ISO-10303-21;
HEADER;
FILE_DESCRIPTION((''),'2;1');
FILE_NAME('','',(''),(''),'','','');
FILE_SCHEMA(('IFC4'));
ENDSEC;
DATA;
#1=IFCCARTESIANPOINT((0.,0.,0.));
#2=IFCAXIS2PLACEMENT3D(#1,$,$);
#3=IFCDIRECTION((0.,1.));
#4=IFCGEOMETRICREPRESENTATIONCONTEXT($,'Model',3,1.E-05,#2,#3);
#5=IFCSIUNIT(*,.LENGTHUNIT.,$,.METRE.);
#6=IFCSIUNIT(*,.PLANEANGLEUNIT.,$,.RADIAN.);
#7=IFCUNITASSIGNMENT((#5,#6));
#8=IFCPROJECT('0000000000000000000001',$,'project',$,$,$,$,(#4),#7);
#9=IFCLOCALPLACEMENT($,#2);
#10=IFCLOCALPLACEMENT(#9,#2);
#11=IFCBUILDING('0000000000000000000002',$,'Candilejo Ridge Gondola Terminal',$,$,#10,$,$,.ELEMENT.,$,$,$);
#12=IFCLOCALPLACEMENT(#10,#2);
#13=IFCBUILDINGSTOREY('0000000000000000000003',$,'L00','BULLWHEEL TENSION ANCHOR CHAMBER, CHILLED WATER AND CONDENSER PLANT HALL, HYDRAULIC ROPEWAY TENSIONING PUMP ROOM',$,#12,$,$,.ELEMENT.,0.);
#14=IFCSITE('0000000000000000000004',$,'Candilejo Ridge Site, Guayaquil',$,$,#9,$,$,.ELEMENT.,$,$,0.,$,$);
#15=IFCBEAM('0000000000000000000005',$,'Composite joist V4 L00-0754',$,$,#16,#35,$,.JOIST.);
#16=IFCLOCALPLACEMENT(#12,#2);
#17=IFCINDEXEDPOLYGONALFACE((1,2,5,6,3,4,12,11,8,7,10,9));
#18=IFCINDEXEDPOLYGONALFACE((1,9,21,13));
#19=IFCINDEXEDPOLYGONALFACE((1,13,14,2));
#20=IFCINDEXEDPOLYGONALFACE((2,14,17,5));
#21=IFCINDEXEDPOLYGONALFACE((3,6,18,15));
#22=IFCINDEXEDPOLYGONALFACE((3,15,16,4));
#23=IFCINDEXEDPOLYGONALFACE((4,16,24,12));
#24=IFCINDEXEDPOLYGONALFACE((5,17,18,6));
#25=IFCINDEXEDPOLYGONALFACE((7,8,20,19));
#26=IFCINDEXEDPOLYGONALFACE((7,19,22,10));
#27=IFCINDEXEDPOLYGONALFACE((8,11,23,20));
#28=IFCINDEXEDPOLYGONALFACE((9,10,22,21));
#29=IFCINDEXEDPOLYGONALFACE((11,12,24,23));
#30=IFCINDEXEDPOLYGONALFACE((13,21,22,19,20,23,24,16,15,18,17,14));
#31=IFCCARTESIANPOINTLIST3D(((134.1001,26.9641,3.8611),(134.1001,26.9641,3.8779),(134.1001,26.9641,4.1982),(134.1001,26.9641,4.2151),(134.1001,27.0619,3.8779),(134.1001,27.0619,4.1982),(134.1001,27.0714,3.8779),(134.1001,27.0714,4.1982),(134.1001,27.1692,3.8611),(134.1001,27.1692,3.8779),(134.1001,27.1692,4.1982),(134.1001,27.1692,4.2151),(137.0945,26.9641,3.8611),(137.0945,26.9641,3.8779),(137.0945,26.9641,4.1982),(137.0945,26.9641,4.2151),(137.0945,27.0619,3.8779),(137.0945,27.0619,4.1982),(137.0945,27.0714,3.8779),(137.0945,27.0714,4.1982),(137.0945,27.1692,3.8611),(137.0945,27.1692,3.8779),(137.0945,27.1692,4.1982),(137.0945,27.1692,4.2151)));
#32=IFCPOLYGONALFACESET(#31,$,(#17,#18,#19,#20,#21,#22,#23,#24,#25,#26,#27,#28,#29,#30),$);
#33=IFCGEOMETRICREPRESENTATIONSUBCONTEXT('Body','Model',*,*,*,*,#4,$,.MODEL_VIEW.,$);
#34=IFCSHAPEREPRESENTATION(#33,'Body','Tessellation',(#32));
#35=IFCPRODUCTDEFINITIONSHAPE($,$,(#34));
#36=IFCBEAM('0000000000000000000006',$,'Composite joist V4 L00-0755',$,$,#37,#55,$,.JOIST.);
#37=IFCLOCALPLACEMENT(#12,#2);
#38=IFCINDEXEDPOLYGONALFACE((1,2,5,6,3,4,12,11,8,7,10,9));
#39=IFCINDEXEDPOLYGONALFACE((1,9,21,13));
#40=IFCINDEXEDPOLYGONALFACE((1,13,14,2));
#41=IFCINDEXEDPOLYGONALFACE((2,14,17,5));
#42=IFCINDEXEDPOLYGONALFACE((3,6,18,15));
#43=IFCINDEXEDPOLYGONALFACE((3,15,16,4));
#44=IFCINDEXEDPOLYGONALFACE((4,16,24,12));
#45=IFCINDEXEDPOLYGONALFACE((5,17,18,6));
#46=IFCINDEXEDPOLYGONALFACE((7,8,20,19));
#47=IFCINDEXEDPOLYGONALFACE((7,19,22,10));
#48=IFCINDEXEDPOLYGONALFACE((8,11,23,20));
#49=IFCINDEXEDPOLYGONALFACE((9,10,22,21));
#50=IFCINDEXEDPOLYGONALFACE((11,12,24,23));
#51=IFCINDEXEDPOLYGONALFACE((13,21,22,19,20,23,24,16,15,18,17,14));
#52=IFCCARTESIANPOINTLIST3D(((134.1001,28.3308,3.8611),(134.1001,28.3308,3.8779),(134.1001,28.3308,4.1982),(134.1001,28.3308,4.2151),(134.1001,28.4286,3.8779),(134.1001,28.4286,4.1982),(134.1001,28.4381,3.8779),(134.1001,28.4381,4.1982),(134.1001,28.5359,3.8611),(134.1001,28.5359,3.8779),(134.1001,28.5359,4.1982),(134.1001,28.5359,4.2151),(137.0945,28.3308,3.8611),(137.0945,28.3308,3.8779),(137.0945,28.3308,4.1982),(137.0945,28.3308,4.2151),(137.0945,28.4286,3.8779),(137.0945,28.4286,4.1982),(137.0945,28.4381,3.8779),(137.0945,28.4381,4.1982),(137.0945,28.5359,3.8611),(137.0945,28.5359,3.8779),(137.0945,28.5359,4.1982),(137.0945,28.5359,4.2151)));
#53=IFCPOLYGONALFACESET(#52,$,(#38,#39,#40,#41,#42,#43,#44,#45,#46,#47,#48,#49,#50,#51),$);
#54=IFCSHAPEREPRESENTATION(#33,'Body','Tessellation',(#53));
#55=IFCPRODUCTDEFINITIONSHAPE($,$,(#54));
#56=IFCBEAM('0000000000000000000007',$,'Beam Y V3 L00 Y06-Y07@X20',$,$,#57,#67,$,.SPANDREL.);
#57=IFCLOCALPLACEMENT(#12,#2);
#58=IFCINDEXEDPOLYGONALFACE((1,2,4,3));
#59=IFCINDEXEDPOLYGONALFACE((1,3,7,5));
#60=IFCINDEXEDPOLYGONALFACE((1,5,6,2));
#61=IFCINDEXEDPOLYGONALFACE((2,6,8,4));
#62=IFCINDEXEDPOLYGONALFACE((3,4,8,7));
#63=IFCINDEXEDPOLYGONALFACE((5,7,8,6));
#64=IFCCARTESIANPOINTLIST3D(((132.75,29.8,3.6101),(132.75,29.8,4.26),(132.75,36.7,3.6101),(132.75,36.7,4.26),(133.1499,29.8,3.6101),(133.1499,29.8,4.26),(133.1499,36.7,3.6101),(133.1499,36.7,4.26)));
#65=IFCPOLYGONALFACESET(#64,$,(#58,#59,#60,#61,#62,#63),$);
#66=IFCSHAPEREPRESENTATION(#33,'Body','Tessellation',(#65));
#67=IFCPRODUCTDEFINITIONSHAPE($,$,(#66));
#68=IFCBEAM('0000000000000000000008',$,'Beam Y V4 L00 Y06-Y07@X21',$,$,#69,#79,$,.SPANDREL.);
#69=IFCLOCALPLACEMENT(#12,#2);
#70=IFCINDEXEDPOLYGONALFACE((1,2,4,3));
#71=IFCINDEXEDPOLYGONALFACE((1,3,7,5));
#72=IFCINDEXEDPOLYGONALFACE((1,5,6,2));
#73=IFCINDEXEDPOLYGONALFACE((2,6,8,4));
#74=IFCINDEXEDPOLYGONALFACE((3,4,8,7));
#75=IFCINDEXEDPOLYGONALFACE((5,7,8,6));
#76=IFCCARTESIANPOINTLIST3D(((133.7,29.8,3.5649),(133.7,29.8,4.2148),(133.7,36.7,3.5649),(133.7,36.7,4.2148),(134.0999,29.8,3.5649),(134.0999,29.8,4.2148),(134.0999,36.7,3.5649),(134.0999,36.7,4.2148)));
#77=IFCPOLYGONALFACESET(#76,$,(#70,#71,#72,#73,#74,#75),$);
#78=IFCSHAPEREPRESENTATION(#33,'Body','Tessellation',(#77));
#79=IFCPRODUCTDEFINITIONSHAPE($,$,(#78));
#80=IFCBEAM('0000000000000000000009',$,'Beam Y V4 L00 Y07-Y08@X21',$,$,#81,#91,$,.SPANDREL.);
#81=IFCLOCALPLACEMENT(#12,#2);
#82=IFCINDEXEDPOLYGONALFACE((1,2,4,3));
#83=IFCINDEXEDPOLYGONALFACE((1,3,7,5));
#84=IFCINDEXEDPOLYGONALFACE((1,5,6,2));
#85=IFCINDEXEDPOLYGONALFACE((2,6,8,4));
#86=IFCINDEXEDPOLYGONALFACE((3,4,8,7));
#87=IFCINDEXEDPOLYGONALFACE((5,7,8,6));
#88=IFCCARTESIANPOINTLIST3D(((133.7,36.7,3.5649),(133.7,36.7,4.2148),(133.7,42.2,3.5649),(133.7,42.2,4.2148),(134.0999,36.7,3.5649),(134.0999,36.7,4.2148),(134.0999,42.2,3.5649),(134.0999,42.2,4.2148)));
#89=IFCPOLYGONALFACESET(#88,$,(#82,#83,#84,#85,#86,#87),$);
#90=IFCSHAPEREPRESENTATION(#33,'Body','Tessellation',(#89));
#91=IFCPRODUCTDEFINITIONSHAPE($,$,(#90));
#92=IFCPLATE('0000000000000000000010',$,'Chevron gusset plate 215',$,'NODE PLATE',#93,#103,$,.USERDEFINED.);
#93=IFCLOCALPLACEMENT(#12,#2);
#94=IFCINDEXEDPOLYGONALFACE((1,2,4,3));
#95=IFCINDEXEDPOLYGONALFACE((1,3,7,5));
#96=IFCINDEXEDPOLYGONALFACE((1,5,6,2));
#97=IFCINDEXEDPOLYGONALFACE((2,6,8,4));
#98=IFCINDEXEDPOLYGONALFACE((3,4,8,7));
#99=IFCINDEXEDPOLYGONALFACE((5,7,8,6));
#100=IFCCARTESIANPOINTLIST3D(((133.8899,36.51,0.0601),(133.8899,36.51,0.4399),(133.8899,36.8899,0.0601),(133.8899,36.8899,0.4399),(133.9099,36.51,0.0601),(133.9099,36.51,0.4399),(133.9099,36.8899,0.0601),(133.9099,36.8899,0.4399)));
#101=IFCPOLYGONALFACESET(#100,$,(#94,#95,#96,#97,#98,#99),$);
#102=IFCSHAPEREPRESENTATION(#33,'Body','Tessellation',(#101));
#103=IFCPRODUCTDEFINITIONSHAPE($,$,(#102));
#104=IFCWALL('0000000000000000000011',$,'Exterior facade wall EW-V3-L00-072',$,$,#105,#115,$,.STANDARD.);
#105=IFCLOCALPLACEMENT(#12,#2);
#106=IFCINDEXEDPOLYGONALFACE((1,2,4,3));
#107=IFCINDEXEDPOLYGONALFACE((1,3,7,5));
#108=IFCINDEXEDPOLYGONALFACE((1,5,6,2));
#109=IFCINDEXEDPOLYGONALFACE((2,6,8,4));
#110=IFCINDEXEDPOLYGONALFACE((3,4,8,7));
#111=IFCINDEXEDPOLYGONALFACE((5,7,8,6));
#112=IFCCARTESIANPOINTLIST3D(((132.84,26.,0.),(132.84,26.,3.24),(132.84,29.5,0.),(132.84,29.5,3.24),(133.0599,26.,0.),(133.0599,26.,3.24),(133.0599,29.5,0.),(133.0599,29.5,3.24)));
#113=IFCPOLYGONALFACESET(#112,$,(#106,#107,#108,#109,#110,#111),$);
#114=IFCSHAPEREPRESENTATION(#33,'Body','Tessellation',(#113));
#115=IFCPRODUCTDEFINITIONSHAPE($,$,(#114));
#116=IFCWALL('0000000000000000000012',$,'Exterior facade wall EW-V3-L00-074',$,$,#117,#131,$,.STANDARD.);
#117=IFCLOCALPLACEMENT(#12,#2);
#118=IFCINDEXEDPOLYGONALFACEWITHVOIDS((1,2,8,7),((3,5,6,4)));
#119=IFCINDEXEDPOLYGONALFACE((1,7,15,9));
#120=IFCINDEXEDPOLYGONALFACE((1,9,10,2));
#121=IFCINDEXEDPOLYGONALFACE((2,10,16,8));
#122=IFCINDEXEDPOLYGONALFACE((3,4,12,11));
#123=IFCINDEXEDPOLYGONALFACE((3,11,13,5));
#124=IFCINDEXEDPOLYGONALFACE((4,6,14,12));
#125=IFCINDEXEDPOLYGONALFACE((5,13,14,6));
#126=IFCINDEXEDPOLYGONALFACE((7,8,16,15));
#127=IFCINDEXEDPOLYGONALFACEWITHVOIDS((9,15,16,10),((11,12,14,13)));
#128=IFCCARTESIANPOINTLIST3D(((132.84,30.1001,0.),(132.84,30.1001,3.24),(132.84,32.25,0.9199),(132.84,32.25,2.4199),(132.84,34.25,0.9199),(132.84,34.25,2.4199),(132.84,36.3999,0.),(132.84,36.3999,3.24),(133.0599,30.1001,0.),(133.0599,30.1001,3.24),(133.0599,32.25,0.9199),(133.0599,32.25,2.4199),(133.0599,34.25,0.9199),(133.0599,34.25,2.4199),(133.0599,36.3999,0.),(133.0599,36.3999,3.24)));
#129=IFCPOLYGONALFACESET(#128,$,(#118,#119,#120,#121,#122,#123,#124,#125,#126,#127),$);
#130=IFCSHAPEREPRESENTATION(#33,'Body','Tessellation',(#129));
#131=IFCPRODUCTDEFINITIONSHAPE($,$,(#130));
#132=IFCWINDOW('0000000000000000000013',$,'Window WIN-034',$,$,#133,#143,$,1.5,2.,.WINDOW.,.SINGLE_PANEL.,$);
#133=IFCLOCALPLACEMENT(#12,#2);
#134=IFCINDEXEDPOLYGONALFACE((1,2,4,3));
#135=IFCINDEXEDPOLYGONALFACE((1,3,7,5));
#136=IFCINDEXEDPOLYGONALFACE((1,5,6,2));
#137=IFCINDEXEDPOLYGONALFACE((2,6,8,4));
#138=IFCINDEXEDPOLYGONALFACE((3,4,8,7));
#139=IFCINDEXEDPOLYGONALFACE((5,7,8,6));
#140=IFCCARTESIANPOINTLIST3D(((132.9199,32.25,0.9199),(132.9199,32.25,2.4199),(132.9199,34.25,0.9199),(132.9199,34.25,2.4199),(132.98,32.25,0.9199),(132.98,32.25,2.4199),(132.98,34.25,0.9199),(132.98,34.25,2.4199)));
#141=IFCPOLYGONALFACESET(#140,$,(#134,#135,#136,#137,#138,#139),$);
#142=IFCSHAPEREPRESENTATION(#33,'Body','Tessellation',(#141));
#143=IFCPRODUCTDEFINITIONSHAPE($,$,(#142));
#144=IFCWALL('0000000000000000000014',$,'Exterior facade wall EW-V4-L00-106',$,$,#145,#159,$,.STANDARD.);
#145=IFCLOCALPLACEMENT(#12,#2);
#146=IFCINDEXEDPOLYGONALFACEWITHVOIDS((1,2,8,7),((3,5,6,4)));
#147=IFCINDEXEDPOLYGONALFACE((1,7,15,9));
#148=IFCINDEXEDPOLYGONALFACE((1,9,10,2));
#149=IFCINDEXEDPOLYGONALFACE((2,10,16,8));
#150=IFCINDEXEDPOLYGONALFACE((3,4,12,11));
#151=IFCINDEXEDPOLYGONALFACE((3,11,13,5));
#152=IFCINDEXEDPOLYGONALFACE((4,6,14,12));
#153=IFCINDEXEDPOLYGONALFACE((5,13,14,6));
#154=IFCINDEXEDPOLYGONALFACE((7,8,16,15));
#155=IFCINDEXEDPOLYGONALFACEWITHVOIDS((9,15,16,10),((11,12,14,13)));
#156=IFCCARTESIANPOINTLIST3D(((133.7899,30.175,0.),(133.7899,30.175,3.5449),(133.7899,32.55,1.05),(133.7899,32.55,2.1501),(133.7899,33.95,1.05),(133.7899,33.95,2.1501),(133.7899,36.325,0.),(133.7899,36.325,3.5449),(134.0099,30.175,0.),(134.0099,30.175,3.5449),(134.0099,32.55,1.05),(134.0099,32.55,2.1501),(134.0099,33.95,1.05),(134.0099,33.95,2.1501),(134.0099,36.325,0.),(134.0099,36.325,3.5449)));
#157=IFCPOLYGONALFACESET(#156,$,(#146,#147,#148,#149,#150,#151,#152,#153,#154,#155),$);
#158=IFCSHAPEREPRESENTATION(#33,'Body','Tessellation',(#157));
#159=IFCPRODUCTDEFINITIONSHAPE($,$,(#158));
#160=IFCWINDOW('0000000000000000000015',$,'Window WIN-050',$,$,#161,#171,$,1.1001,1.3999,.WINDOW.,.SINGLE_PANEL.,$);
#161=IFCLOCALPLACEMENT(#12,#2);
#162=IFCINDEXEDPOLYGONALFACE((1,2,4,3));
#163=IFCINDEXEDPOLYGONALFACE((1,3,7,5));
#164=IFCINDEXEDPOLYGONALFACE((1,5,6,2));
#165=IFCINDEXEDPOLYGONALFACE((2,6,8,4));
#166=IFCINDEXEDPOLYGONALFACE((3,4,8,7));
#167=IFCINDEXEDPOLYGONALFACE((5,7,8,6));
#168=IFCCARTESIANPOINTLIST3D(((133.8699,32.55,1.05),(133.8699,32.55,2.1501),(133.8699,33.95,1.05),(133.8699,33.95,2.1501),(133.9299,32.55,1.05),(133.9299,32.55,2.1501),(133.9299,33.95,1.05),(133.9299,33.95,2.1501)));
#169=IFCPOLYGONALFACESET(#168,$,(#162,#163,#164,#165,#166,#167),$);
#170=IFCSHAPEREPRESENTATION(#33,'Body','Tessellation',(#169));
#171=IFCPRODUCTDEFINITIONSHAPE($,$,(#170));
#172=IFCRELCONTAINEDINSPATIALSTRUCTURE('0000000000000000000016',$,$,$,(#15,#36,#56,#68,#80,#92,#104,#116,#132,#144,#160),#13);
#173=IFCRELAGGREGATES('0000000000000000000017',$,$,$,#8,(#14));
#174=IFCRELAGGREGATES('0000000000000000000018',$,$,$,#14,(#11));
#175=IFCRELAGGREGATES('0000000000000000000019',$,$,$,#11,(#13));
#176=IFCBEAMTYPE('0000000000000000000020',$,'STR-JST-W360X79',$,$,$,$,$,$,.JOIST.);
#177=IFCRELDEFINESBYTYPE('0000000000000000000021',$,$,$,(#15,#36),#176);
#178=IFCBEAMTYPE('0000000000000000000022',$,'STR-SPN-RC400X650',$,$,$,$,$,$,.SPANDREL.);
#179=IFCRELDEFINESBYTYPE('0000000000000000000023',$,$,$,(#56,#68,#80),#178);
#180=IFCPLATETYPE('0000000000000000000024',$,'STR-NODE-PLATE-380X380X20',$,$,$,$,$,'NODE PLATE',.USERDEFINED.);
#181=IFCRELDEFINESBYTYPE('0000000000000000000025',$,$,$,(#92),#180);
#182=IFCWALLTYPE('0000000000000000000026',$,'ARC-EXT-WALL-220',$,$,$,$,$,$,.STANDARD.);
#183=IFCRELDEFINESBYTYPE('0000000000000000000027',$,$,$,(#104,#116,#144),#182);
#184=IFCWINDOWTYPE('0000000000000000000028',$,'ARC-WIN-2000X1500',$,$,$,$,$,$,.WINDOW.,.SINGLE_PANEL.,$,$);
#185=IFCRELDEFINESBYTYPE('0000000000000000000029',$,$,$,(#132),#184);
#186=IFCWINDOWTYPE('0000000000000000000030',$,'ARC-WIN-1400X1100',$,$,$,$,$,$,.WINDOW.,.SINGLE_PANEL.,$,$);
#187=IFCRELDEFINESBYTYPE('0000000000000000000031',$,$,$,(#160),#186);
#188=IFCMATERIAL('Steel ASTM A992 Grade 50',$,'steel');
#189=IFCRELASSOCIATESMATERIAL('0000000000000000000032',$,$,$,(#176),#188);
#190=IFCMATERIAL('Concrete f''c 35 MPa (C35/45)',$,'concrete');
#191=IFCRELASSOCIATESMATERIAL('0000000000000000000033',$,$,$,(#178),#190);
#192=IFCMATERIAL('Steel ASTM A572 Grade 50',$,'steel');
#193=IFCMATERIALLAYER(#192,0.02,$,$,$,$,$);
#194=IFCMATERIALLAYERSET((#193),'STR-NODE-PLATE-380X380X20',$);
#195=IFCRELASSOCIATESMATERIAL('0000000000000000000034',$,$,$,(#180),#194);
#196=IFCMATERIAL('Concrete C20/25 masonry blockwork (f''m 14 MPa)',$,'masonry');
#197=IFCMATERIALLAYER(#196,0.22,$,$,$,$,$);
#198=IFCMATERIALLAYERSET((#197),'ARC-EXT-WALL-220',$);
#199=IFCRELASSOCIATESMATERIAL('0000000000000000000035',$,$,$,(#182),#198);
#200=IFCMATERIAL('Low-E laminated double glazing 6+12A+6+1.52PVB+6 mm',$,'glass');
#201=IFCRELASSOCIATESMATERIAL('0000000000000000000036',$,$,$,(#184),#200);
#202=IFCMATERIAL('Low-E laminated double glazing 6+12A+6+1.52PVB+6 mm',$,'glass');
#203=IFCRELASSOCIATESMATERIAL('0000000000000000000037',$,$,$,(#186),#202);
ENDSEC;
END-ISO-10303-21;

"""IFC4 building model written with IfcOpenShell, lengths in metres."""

from ifc_helpers import new_model, si_unit, direction, frame, frame_2d, origin, origin_2d, place, context, subcontext, project, spatial, rectangle, i_section, extrude, material, layer, layer_set, material_profile, profile_set, type_object, element, fill, save


model = new_model("IFC4")

# Units and contexts
model_context = context("Model", 3, precision=1e-05, world=origin(), true_north=direction((0.0, 1.0)))
body_context = subcontext(model_context, "Body", "Model", "MODEL_VIEW")
ifc_project = project(units=[si_unit("LENGTHUNIT", "METRE"), si_unit("PLANEANGLEUNIT", "RADIAN")], contexts=[model_context])

# Site, building, storey
site_placement = place(None, origin())
site = spatial("IfcSite", under=ifc_project, at=site_placement, Name="Candilejo Ridge Site, Guayaquil", CompositionType="ELEMENT", RefElevation=0.0)
building_placement = place(site_placement, origin())
building = spatial("IfcBuilding", under=site, at=building_placement, Name="Candilejo Ridge Gondola Terminal", CompositionType="ELEMENT")
storey_placement = place(building_placement, origin())
storey = spatial("IfcBuildingStorey", under=building, at=storey_placement, Name="L00", Description="BULLWHEEL TENSION ANCHOR CHAMBER, CHILLED WATER AND CONDENSER PLANT HALL, HYDRAULIC ROPEWAY TENSIONING PUMP ROOM", CompositionType="ELEMENT", Elevation=0.0)

# Beams
ifc_material_1 = material(Name="Steel ASTM A992 Grade 50", Category="steel")
ifc_material_profile_1 = material_profile(ifc_material_1, i_section(OverallWidth=0.2051, OverallDepth=0.354, WebThickness=0.0095, FlangeThickness=0.0168, at=origin_2d()))
ifc_profile_set_1 = profile_set([ifc_material_profile_1], Name="Steel ASTM A992 Grade 50")
beam_type_1 = type_object("IfcBeamType", Name="STR-JST-W360X79", PredefinedType="JOIST", material=ifc_profile_set_1)
for number, where, z_axis, x_axis, name in (
    (1, (134.1001, 27.0667, 4.0381), (1.0, 0.0, 0.0), (0.0, 1.0, 0.0), "Composite joist V4 L00-0754"),
    (2, (134.1001, 28.4333, 4.0381), (1.0, 0.0, 0.0), (0.0, 1.0, 0.0), "Composite joist V4 L00-0755"),
):
    element("IfcBeam", number, at=place(storey_placement, frame(where, z_axis=z_axis, x_axis=x_axis)), inside=storey, type_object=beam_type_1, Name=name, PredefinedType="JOIST", context=body_context, shape_type="SweptSolid", body=[
        extrude(i_section(OverallWidth=0.2051, OverallDepth=0.354, WebThickness=0.0095, FlangeThickness=0.0168, at=origin_2d()), origin(), (0.0, 0.0, 1.0), 2.9944),
    ])
ifc_material_2 = material(Name="Concrete f'c 35 MPa (C35/45)", Category="concrete")
ifc_material_profile_2 = material_profile(ifc_material_2, rectangle(XDim=0.3999, YDim=0.6499, at=origin_2d()))
ifc_profile_set_2 = profile_set([ifc_material_profile_2], Name="Concrete f'c 35 MPa (C35/45)")
beam_type_2 = type_object("IfcBeamType", Name="STR-SPN-RC400X650", PredefinedType="SPANDREL", material=ifc_profile_set_2)
for number, where, z_axis, x_axis, name in (
    (3, (132.95, 29.8, 3.9351), (0.0, 1.0, 0.0), (-1.0, 0.0, 0.0), "Beam Y V3 L00 Y06-Y07@X20"),
    (4, (133.8999, 29.8, 3.8899), (0.0, 1.0, 0.0), (-1.0, 0.0, 0.0), "Beam Y V4 L00 Y06-Y07@X21"),
):
    element("IfcBeam", number, at=place(storey_placement, frame(where, z_axis=z_axis, x_axis=x_axis)), inside=storey, type_object=beam_type_2, Name=name, PredefinedType="SPANDREL", context=body_context, shape_type="SweptSolid", body=[
        extrude(rectangle(XDim=0.3999, YDim=0.6499, at=origin_2d()), origin(), (0.0, 0.0, 1.0), 6.8999),
    ])
beam_placement = place(storey_placement, frame((133.8999, 36.7, 3.8899), z_axis=(0.0, 1.0, 0.0), x_axis=(-1.0, 0.0, 0.0)))
element("IfcBeam", 5, at=beam_placement, inside=storey, type_object=beam_type_2, Name="Beam Y V4 L00 Y07-Y08@X21", PredefinedType="SPANDREL", context=body_context, shape_type="SweptSolid", body=[
    extrude(rectangle(XDim=0.3999, YDim=0.6499, at=origin_2d()), origin(), (0.0, 0.0, 1.0), 5.5),
])

# Plate
ifc_material_3 = material(Name="Steel ASTM A572 Grade 50", Category="steel")
ifc_layer_1 = layer(ifc_material_3, 0.02)
ifc_layer_set_1 = layer_set([ifc_layer_1], Name="STR-NODE-PLATE-380X380X20")
plate_type = type_object("IfcPlateType", Name="STR-NODE-PLATE-380X380X20", ElementType="NODE PLATE", PredefinedType="USERDEFINED", material=ifc_layer_set_1)
plate_placement = place(storey_placement, frame((133.8999, 36.7, 0.0601), z_axis=(0.0, 0.0, 1.0), x_axis=(1.0, 0.0, 0.0)))
element("IfcPlate", 6, at=plate_placement, inside=storey, type_object=plate_type, Name="Chevron gusset plate 215", ObjectType="NODE PLATE", PredefinedType="USERDEFINED", context=body_context, shape_type="SweptSolid", body=[
    extrude(rectangle(XDim=0.02, YDim=0.3799, at=origin_2d()), origin(), (0.0, 0.0, 1.0), 0.3799),
])

# Wall
ifc_material_4 = material(Name="Concrete C20/25 masonry blockwork (f'm 14 MPa)", Category="masonry")
ifc_layer_2 = layer(ifc_material_4, 0.22)
ifc_layer_set_2 = layer_set([ifc_layer_2], Name="ARC-EXT-WALL-220")
wall_type_1 = type_object("IfcWallType", Name="ARC-EXT-WALL-220", PredefinedType="STANDARD", material=ifc_layer_set_2)
wall_1_placement = place(storey_placement, frame((132.95, 29.5, 0.0), z_axis=(0.0, 0.0, 1.0), x_axis=(0.0, -1.0, 0.0)))
element("IfcWall", 7, at=wall_1_placement, inside=storey, type_object=wall_type_1, Name="Exterior facade wall EW-V3-L00-072", PredefinedType="STANDARD", context=body_context, shape_type="SweptSolid", body=[
    extrude(rectangle(XDim=3.5, YDim=0.22, at=frame_2d((1.75, 0.0))), origin(), (0.0, 0.0, 1.0), 3.24),
])

# Walls, openings, windows
wall_2_placement = place(storey_placement, frame((132.95, 36.3999, 0.0), z_axis=(0.0, 0.0, 1.0), x_axis=(0.0, -1.0, 0.0)))
wall_2 = element("IfcWall", 8, at=wall_2_placement, inside=storey, type_object=wall_type_1, Name="Exterior facade wall EW-V3-L00-074", PredefinedType="STANDARD", context=body_context, shape_type="SweptSolid", body=[
    extrude(rectangle(XDim=6.2998, YDim=0.22, at=frame_2d((3.1499, 0.0))), origin(), (0.0, 0.0, 1.0), 3.24),
])
opening_1_placement = place(wall_2_placement, frame((2.1499, 0.0, 0.9199)))
opening_1 = element("IfcOpeningElement", 9, at=opening_1_placement, cuts=wall_2, PredefinedType="OPENING", context=body_context, shape_type="SweptSolid", body=[
    extrude(rectangle(XDim=2.0, YDim=1.5, at=frame_2d((1.0, 0.75))), frame((0.0, 0.1199, 0.0), z_axis=(0.0, -1.0, 0.0), x_axis=(1.0, 0.0, 0.0)), (0.0, 0.0, 1.0), 0.24),
])
ifc_material_5 = material(Name="Low-E laminated double glazing 6+12A+6+1.52PVB+6 mm", Category="glass")
window_type_1 = type_object("IfcWindowType", Name="ARC-WIN-2000X1500", PartitioningType="SINGLE_PANEL", PredefinedType="WINDOW", material=ifc_material_5)
window_1_placement = place(opening_1_placement, origin())
window_1 = element("IfcWindow", 10, at=window_1_placement, inside=storey, type_object=window_type_1, Name="Window WIN-034", OverallHeight=1.5, OverallWidth=2.0, PartitioningType="SINGLE_PANEL", PredefinedType="WINDOW", context=body_context, shape_type="SweptSolid", body=[
    extrude(rectangle(XDim=2.0, YDim=1.5, at=frame_2d((1.0, 0.75))), frame((0.0, 0.03, 0.0), z_axis=(0.0, -1.0, 0.0), x_axis=(1.0, 0.0, 0.0)), (0.0, 0.0, 1.0), 0.0601),
])
fill(opening_1, window_1)
wall_3_placement = place(storey_placement, frame((133.8999, 30.175, 0.0), z_axis=(0.0, 0.0, 1.0), x_axis=(0.0, 1.0, 0.0)))
wall_3 = element("IfcWall", 11, at=wall_3_placement, inside=storey, type_object=wall_type_1, Name="Exterior facade wall EW-V4-L00-106", PredefinedType="STANDARD", context=body_context, shape_type="SweptSolid", body=[
    extrude(rectangle(XDim=6.1499, YDim=0.22, at=frame_2d((3.075, 0.0))), origin(), (0.0, 0.0, 1.0), 3.5449),
])
opening_2_placement = place(wall_3_placement, frame((2.375, 0.0, 1.05)))
opening_2 = element("IfcOpeningElement", 12, at=opening_2_placement, cuts=wall_3, PredefinedType="OPENING", context=body_context, shape_type="SweptSolid", body=[
    extrude(rectangle(XDim=1.3999, YDim=1.1001, at=frame_2d((0.7, 0.55))), frame((0.0, 0.1199, 0.0), z_axis=(0.0, -1.0, 0.0), x_axis=(1.0, 0.0, 0.0)), (0.0, 0.0, 1.0), 0.24),
])
ifc_material_6 = material(Name="Low-E laminated double glazing 6+12A+6+1.52PVB+6 mm", Category="glass")
window_type_2 = type_object("IfcWindowType", Name="ARC-WIN-1400X1100", PartitioningType="SINGLE_PANEL", PredefinedType="WINDOW", material=ifc_material_6)
window_2_placement = place(opening_2_placement, origin())
window_2 = element("IfcWindow", 13, at=window_2_placement, inside=storey, type_object=window_type_2, Name="Window WIN-050", OverallHeight=1.1001, OverallWidth=1.3999, PartitioningType="SINGLE_PANEL", PredefinedType="WINDOW", context=body_context, shape_type="SweptSolid", body=[
    extrude(rectangle(XDim=1.3999, YDim=1.1001, at=frame_2d((0.7, 0.55))), frame((0.0, 0.03, 0.0), z_axis=(0.0, -1.0, 0.0), x_axis=(1.0, 0.0, 0.0)), (0.0, 0.0, 1.0), 0.0601),
])
fill(opening_2, window_2)

save(model, "model.ifc")
